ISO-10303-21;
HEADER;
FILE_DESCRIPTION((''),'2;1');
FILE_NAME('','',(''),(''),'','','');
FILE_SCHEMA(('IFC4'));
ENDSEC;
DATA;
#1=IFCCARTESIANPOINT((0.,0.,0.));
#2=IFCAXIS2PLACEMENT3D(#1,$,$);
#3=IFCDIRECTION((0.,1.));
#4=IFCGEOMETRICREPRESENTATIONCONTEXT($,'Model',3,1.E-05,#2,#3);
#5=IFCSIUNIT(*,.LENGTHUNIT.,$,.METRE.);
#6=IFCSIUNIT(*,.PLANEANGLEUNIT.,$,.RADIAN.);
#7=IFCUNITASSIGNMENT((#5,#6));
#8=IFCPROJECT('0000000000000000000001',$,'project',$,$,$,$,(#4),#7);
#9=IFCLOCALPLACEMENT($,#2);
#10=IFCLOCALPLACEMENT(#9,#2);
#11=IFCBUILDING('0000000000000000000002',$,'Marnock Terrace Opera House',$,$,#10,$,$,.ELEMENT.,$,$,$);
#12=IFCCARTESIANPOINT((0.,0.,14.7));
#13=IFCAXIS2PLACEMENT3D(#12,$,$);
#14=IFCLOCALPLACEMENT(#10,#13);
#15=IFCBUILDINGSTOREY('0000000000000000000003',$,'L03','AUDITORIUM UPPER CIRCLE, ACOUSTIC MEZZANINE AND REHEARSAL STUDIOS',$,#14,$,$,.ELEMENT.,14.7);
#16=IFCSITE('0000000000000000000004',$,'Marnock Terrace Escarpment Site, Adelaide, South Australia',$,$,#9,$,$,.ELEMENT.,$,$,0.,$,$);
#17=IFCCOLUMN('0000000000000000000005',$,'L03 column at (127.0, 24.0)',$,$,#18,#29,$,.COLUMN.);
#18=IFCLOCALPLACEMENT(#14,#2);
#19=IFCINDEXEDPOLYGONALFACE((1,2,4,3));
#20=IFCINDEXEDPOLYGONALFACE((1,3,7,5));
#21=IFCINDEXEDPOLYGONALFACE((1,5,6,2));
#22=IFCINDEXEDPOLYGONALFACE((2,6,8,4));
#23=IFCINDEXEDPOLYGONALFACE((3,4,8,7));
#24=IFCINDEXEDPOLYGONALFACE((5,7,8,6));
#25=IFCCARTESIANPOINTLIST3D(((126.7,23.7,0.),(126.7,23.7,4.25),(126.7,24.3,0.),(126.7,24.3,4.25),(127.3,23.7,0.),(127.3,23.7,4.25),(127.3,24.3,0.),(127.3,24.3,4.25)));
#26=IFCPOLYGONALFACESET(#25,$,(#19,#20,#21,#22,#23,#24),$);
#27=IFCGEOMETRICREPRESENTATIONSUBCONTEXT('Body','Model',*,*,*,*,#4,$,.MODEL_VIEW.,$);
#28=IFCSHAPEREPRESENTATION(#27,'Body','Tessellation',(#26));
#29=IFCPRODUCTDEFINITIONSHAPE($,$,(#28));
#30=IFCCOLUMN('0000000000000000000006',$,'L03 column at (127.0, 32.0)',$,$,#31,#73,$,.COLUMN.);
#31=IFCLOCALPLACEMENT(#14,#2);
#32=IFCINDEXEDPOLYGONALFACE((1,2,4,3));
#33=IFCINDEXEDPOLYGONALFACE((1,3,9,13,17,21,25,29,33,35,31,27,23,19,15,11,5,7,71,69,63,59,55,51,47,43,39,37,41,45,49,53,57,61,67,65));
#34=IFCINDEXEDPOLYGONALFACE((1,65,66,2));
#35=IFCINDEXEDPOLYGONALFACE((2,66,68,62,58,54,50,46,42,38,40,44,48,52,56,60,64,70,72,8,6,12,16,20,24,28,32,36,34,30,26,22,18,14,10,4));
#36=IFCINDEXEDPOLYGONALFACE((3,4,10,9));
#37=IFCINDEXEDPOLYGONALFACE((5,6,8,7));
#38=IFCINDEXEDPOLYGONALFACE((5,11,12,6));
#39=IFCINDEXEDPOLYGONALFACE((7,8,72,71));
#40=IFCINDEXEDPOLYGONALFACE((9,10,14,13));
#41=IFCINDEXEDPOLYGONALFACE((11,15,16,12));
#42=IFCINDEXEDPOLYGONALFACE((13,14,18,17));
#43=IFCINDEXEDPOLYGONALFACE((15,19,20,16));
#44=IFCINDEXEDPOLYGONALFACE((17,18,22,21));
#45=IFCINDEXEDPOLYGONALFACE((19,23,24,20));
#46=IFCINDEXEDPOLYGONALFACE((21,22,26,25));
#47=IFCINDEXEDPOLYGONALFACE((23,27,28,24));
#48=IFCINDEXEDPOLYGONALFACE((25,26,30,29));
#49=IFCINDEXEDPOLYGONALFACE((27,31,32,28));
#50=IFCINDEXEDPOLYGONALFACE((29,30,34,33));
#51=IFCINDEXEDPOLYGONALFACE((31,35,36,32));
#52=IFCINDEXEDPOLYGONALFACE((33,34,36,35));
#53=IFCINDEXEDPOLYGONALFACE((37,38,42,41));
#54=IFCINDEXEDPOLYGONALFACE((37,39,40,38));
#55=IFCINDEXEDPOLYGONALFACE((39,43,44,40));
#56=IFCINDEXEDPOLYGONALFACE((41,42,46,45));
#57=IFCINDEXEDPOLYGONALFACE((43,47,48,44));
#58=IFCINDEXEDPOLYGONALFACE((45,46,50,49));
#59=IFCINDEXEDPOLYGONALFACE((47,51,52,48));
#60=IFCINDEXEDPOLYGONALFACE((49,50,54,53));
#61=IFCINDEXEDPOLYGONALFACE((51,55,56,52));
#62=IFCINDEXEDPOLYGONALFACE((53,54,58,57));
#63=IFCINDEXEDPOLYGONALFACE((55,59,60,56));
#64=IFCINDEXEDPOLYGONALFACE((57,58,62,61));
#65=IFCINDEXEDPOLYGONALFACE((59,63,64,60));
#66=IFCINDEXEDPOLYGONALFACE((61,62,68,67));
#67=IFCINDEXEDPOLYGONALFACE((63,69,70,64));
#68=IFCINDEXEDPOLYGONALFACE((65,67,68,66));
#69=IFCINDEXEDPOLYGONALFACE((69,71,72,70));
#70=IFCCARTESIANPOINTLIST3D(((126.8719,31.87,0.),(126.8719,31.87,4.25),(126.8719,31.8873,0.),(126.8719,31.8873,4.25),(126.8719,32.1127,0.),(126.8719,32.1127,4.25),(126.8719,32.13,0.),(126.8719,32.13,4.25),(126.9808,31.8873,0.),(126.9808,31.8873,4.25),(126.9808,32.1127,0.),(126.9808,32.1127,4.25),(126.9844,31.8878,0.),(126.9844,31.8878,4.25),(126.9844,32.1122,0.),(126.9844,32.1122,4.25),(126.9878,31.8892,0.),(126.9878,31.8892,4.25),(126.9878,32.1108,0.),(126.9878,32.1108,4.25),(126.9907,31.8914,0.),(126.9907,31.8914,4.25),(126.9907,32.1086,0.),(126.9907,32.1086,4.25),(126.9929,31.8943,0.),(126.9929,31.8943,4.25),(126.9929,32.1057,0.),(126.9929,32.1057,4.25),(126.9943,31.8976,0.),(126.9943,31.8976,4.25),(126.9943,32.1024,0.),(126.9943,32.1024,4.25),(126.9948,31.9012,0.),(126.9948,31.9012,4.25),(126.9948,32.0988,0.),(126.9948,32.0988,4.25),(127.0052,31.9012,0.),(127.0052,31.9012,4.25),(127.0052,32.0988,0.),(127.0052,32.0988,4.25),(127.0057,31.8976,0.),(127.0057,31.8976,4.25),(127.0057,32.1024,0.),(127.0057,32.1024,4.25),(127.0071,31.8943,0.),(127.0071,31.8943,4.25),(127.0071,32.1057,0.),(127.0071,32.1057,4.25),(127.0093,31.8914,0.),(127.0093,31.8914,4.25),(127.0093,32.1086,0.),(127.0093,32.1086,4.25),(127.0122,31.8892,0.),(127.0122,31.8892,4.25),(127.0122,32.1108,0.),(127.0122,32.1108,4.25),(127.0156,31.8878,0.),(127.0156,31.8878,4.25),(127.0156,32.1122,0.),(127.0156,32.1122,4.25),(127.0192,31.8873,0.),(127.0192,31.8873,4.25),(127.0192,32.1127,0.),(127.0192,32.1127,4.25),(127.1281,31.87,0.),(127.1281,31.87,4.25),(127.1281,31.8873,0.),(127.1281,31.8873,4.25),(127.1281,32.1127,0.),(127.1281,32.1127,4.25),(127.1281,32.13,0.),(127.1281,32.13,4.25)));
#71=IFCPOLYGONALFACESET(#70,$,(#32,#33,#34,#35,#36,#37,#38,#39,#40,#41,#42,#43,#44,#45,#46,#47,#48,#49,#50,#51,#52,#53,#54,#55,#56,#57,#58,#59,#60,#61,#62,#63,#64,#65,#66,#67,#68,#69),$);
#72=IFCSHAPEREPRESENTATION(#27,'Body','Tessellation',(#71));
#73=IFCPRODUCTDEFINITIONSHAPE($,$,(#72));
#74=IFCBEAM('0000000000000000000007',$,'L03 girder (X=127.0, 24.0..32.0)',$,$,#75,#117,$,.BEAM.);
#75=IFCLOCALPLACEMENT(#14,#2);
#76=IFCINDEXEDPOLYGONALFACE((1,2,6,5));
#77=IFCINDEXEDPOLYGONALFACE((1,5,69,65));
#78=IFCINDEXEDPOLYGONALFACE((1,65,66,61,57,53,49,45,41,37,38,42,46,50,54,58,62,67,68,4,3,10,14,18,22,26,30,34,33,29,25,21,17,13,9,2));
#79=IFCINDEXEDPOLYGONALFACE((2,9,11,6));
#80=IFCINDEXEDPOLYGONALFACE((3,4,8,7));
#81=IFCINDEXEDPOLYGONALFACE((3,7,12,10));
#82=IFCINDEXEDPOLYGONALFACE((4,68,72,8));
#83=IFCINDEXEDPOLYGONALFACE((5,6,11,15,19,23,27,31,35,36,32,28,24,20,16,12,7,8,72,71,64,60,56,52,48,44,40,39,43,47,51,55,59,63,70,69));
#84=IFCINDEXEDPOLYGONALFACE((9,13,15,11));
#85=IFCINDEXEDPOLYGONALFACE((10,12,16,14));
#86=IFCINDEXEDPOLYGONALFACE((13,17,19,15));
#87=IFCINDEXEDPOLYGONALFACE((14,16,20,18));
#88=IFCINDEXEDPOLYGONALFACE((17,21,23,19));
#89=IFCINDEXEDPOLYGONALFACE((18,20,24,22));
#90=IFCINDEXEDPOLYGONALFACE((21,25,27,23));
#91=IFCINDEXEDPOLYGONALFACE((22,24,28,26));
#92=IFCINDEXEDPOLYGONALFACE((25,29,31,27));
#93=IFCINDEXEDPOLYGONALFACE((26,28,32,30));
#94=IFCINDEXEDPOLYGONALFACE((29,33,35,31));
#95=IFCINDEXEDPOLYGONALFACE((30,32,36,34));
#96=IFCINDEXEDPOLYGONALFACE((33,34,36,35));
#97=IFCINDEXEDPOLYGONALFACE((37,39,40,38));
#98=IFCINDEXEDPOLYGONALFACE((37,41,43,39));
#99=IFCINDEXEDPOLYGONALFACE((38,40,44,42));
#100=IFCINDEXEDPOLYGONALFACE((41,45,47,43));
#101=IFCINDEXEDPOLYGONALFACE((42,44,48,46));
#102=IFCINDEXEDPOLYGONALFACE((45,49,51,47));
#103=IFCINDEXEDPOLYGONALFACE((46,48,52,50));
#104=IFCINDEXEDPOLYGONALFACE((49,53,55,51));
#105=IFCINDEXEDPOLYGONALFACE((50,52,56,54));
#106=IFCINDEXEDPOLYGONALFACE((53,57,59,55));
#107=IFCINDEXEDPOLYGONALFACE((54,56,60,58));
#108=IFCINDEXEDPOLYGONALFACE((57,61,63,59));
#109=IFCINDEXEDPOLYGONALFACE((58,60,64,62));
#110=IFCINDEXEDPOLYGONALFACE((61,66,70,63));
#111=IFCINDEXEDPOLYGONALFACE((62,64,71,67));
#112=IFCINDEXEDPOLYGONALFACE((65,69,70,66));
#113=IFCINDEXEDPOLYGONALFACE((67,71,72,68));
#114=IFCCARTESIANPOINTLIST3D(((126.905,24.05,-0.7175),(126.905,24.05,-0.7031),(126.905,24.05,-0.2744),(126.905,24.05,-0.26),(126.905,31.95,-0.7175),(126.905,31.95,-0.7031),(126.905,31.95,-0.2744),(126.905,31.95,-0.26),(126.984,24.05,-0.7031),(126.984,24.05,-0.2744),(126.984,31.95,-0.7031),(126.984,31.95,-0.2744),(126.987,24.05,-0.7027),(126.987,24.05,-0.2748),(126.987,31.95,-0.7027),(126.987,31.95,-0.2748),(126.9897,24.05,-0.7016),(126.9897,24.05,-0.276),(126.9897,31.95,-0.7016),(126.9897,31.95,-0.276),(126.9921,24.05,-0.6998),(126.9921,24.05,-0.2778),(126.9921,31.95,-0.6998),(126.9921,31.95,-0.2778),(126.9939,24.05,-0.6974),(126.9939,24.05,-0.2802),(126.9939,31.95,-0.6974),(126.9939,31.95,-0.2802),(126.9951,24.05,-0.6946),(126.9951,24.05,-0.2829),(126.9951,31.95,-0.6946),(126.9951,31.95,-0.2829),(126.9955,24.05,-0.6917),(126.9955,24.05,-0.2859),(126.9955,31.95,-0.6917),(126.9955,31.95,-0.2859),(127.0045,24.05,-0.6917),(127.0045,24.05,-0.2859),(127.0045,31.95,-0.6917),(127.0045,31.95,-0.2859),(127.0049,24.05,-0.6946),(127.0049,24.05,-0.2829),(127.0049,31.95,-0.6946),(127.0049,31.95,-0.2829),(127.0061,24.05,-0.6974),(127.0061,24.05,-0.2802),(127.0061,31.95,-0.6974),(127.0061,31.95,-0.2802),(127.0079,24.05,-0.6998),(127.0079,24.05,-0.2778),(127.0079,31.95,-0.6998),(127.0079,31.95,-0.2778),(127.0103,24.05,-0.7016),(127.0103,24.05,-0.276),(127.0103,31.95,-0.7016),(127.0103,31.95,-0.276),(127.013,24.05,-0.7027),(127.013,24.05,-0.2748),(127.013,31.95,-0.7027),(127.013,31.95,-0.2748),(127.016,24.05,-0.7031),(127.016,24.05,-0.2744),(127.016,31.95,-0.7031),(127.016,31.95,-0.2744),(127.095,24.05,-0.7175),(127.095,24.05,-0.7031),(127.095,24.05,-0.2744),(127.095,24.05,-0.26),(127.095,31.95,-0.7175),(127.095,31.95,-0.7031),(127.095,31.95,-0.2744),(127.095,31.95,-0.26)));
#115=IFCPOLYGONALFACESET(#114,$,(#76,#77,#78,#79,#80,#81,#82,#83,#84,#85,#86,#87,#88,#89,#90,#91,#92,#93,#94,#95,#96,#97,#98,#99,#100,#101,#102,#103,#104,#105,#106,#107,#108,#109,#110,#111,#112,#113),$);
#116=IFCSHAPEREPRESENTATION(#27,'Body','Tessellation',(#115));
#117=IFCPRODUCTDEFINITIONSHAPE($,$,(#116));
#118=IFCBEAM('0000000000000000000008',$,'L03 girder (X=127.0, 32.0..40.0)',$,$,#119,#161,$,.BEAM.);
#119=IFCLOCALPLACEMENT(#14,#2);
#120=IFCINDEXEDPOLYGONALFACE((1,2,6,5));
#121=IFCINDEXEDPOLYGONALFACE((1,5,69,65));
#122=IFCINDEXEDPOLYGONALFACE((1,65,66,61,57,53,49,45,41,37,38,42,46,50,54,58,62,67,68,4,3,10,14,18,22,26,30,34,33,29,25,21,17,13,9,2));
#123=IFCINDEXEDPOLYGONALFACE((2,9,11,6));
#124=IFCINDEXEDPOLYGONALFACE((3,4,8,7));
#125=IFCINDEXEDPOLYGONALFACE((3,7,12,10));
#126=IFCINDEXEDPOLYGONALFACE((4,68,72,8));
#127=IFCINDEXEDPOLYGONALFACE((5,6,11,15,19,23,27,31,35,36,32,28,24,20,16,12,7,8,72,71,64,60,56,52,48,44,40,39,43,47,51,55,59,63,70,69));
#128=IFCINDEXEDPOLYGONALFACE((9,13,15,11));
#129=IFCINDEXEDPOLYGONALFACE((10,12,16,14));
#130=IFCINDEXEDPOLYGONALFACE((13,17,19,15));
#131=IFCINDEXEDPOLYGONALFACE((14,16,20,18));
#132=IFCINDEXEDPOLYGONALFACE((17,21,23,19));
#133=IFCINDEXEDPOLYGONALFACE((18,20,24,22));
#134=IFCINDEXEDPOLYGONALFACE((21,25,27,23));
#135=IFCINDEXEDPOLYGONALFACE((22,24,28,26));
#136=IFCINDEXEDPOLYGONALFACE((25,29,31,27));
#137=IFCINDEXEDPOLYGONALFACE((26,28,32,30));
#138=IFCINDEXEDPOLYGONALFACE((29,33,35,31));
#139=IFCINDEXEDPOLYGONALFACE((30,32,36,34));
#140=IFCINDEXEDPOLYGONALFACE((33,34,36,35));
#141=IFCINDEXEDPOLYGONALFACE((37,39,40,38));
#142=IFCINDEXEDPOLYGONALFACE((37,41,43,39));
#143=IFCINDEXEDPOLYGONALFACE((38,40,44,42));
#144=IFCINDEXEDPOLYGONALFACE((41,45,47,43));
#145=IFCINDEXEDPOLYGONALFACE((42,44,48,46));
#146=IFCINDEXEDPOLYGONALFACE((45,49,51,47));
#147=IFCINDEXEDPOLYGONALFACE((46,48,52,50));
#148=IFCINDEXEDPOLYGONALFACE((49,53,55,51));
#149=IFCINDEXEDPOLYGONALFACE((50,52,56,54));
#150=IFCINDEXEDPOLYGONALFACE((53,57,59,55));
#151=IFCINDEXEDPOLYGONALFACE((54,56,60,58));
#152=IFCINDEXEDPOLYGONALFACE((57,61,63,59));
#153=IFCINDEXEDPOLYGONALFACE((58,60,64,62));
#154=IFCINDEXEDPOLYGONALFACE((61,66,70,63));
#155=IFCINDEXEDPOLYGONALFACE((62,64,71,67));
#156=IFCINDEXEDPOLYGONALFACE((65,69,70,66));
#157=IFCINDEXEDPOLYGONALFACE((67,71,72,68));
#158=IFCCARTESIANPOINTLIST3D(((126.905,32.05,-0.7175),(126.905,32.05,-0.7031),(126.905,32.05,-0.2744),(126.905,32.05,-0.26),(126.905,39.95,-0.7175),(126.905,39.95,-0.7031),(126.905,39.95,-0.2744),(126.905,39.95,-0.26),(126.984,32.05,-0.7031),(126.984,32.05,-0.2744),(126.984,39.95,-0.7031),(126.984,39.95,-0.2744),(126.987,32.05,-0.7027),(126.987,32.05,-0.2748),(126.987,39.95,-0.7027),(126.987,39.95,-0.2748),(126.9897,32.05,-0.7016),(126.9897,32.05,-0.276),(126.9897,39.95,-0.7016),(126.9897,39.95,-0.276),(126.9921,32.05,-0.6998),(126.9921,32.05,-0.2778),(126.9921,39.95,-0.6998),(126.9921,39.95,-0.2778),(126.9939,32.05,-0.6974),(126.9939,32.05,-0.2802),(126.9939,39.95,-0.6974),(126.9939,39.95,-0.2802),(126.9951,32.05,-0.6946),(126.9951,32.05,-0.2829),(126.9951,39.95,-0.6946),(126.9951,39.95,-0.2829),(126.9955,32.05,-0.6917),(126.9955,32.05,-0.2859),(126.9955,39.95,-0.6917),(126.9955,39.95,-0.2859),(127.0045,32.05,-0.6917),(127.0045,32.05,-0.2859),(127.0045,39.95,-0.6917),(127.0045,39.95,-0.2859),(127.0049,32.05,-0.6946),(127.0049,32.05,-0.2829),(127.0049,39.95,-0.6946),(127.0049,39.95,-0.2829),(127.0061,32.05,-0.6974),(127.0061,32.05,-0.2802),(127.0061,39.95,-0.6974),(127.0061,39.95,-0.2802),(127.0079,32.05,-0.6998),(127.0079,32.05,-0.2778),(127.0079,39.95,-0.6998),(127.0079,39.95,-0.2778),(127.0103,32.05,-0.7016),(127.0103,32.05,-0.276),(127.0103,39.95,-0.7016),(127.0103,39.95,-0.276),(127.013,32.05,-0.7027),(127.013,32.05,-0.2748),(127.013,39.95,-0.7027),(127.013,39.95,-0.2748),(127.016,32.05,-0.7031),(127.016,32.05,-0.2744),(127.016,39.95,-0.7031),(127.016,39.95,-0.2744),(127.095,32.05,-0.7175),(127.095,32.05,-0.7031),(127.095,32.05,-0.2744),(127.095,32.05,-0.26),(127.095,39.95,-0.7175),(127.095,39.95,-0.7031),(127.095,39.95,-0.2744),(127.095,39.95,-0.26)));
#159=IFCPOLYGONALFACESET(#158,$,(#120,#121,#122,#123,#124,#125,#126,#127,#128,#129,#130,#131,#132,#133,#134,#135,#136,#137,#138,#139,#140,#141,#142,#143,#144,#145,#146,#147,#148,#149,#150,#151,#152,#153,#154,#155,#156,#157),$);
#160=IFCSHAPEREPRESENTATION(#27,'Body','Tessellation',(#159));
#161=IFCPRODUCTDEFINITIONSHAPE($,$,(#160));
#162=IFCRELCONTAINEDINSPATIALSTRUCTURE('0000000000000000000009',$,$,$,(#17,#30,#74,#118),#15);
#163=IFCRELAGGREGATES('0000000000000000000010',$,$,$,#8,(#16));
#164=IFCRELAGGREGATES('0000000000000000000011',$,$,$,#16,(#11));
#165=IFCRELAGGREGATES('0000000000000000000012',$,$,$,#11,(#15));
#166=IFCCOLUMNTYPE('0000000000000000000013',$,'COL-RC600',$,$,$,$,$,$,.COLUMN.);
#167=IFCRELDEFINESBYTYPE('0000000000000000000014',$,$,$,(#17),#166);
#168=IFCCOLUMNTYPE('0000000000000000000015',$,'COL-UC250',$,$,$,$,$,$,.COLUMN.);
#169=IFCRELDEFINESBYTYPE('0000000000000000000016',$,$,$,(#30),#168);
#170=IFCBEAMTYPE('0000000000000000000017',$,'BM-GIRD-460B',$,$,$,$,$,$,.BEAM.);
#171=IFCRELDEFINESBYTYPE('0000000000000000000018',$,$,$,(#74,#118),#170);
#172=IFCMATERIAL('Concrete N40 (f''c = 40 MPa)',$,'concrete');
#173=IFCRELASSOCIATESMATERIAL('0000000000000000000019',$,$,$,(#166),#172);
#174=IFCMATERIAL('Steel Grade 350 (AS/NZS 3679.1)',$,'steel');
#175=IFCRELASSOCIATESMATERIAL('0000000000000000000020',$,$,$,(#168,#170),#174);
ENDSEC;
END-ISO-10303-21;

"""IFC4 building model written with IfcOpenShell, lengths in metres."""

from ifc_helpers import new_model, si_unit, direction, frame, origin, origin_2d, place, context, subcontext, project, spatial, rectangle, i_section, extrude, material, material_profile, profile_set, type_object, element, save


model = new_model("IFC4")

# Units and contexts
model_context = context("Model", 3, precision=1e-05, world=origin(), true_north=direction((0.0, 1.0)))
body_context = subcontext(model_context, "Body", "Model", "MODEL_VIEW")
ifc_project = project(units=[si_unit("LENGTHUNIT", "METRE"), si_unit("PLANEANGLEUNIT", "RADIAN")], contexts=[model_context])

# Site, building, storey
site_placement = place(None, origin())
site = spatial("IfcSite", under=ifc_project, at=site_placement, Name="Marnock Terrace Escarpment Site, Adelaide, South Australia", CompositionType="ELEMENT", RefElevation=0.0)
building_placement = place(site_placement, origin())
building = spatial("IfcBuilding", under=site, at=building_placement, Name="Marnock Terrace Opera House", CompositionType="ELEMENT")
storey_placement = place(building_placement, frame((0.0, 0.0, 14.7)))
storey = spatial("IfcBuildingStorey", under=building, at=storey_placement, Name="L03", Description="AUDITORIUM UPPER CIRCLE, ACOUSTIC MEZZANINE AND REHEARSAL STUDIOS", CompositionType="ELEMENT", Elevation=14.7)

# Columns
ifc_material_1 = material(Name="Concrete N40 (f'c = 40 MPa)", Category="concrete")
ifc_material_profile_1 = material_profile(ifc_material_1, rectangle(XDim=0.6001, YDim=0.6001, at=origin_2d()))
ifc_profile_set_1 = profile_set([ifc_material_profile_1], Name="Concrete N40 (f'c = 40 MPa)")
column_type_1 = type_object("IfcColumnType", Name="COL-RC600", PredefinedType="COLUMN", material=ifc_profile_set_1)
column_1_placement = place(storey_placement, frame((127.0, 24.0, 0.0), z_axis=(0.0, 0.0, 1.0), x_axis=(1.0, 0.0, 0.0)))
element("IfcColumn", 1, at=column_1_placement, inside=storey, type_object=column_type_1, Name="L03 column at (127.0, 24.0)", PredefinedType="COLUMN", context=body_context, shape_type="SweptSolid", body=[
    extrude(rectangle(XDim=0.6001, YDim=0.6001, at=origin_2d()), origin(), (0.0, 0.0, 1.0), 4.25),
])
ifc_material_2 = material(Name="Steel Grade 350 (AS/NZS 3679.1)", Category="steel")
ifc_material_profile_2 = material_profile(ifc_material_2, i_section(OverallWidth=0.2561, OverallDepth=0.26, WebThickness=0.0105, FlangeThickness=0.0173, FilletRadius=0.0139, at=origin_2d()))
ifc_profile_set_2 = profile_set([ifc_material_profile_2], Name="Steel Grade 350 (AS/NZS 3679.1)")
column_type_2 = type_object("IfcColumnType", Name="COL-UC250", PredefinedType="COLUMN", material=ifc_profile_set_2)
column_2_placement = place(storey_placement, frame((127.0, 32.0, 0.0), z_axis=(0.0, 0.0, 1.0), x_axis=(1.0, 0.0, 0.0)))
element("IfcColumn", 2, at=column_2_placement, inside=storey, type_object=column_type_2, Name="L03 column at (127.0, 32.0)", PredefinedType="COLUMN", context=body_context, shape_type="SweptSolid", body=[
    extrude(i_section(OverallWidth=0.2561, OverallDepth=0.26, WebThickness=0.0105, FlangeThickness=0.0173, FilletRadius=0.0139, at=origin_2d()), origin(), (0.0, 0.0, 1.0), 4.25),
])

# Beams
ifc_material_profile_3 = material_profile(ifc_material_2, i_section(OverallWidth=0.1899, OverallDepth=0.4575, WebThickness=0.009, FlangeThickness=0.0144, FilletRadius=0.0115, at=origin_2d()))
ifc_profile_set_3 = profile_set([ifc_material_profile_3], Name="Steel Grade 350 (AS/NZS 3679.1)")
beam_type_1 = type_object("IfcBeamType", Name="BM-GIRD-460B", PredefinedType="BEAM", material=ifc_profile_set_3)
for number, where, z_axis, x_axis, name in (
    (3, (127.0, 24.05, -0.4888), (0.0, 1.0, 0.0), (-1.0, 0.0, 0.0), "L03 girder (X=127.0, 24.0..32.0)"),
    (4, (127.0, 32.05, -0.4888), (0.0, 1.0, 0.0), (-1.0, 0.0, 0.0), "L03 girder (X=127.0, 32.0..40.0)"),
):
    element("IfcBeam", number, at=place(storey_placement, frame(where, z_axis=z_axis, x_axis=x_axis)), inside=storey, type_object=beam_type_1, Name=name, PredefinedType="BEAM", context=body_context, shape_type="SweptSolid", body=[
        extrude(i_section(OverallWidth=0.1899, OverallDepth=0.4575, WebThickness=0.009, FlangeThickness=0.0144, FilletRadius=0.0115, at=origin_2d()), origin(), (0.0, 0.0, 1.0), 7.8999),
    ])

save(model, "model.ifc")
